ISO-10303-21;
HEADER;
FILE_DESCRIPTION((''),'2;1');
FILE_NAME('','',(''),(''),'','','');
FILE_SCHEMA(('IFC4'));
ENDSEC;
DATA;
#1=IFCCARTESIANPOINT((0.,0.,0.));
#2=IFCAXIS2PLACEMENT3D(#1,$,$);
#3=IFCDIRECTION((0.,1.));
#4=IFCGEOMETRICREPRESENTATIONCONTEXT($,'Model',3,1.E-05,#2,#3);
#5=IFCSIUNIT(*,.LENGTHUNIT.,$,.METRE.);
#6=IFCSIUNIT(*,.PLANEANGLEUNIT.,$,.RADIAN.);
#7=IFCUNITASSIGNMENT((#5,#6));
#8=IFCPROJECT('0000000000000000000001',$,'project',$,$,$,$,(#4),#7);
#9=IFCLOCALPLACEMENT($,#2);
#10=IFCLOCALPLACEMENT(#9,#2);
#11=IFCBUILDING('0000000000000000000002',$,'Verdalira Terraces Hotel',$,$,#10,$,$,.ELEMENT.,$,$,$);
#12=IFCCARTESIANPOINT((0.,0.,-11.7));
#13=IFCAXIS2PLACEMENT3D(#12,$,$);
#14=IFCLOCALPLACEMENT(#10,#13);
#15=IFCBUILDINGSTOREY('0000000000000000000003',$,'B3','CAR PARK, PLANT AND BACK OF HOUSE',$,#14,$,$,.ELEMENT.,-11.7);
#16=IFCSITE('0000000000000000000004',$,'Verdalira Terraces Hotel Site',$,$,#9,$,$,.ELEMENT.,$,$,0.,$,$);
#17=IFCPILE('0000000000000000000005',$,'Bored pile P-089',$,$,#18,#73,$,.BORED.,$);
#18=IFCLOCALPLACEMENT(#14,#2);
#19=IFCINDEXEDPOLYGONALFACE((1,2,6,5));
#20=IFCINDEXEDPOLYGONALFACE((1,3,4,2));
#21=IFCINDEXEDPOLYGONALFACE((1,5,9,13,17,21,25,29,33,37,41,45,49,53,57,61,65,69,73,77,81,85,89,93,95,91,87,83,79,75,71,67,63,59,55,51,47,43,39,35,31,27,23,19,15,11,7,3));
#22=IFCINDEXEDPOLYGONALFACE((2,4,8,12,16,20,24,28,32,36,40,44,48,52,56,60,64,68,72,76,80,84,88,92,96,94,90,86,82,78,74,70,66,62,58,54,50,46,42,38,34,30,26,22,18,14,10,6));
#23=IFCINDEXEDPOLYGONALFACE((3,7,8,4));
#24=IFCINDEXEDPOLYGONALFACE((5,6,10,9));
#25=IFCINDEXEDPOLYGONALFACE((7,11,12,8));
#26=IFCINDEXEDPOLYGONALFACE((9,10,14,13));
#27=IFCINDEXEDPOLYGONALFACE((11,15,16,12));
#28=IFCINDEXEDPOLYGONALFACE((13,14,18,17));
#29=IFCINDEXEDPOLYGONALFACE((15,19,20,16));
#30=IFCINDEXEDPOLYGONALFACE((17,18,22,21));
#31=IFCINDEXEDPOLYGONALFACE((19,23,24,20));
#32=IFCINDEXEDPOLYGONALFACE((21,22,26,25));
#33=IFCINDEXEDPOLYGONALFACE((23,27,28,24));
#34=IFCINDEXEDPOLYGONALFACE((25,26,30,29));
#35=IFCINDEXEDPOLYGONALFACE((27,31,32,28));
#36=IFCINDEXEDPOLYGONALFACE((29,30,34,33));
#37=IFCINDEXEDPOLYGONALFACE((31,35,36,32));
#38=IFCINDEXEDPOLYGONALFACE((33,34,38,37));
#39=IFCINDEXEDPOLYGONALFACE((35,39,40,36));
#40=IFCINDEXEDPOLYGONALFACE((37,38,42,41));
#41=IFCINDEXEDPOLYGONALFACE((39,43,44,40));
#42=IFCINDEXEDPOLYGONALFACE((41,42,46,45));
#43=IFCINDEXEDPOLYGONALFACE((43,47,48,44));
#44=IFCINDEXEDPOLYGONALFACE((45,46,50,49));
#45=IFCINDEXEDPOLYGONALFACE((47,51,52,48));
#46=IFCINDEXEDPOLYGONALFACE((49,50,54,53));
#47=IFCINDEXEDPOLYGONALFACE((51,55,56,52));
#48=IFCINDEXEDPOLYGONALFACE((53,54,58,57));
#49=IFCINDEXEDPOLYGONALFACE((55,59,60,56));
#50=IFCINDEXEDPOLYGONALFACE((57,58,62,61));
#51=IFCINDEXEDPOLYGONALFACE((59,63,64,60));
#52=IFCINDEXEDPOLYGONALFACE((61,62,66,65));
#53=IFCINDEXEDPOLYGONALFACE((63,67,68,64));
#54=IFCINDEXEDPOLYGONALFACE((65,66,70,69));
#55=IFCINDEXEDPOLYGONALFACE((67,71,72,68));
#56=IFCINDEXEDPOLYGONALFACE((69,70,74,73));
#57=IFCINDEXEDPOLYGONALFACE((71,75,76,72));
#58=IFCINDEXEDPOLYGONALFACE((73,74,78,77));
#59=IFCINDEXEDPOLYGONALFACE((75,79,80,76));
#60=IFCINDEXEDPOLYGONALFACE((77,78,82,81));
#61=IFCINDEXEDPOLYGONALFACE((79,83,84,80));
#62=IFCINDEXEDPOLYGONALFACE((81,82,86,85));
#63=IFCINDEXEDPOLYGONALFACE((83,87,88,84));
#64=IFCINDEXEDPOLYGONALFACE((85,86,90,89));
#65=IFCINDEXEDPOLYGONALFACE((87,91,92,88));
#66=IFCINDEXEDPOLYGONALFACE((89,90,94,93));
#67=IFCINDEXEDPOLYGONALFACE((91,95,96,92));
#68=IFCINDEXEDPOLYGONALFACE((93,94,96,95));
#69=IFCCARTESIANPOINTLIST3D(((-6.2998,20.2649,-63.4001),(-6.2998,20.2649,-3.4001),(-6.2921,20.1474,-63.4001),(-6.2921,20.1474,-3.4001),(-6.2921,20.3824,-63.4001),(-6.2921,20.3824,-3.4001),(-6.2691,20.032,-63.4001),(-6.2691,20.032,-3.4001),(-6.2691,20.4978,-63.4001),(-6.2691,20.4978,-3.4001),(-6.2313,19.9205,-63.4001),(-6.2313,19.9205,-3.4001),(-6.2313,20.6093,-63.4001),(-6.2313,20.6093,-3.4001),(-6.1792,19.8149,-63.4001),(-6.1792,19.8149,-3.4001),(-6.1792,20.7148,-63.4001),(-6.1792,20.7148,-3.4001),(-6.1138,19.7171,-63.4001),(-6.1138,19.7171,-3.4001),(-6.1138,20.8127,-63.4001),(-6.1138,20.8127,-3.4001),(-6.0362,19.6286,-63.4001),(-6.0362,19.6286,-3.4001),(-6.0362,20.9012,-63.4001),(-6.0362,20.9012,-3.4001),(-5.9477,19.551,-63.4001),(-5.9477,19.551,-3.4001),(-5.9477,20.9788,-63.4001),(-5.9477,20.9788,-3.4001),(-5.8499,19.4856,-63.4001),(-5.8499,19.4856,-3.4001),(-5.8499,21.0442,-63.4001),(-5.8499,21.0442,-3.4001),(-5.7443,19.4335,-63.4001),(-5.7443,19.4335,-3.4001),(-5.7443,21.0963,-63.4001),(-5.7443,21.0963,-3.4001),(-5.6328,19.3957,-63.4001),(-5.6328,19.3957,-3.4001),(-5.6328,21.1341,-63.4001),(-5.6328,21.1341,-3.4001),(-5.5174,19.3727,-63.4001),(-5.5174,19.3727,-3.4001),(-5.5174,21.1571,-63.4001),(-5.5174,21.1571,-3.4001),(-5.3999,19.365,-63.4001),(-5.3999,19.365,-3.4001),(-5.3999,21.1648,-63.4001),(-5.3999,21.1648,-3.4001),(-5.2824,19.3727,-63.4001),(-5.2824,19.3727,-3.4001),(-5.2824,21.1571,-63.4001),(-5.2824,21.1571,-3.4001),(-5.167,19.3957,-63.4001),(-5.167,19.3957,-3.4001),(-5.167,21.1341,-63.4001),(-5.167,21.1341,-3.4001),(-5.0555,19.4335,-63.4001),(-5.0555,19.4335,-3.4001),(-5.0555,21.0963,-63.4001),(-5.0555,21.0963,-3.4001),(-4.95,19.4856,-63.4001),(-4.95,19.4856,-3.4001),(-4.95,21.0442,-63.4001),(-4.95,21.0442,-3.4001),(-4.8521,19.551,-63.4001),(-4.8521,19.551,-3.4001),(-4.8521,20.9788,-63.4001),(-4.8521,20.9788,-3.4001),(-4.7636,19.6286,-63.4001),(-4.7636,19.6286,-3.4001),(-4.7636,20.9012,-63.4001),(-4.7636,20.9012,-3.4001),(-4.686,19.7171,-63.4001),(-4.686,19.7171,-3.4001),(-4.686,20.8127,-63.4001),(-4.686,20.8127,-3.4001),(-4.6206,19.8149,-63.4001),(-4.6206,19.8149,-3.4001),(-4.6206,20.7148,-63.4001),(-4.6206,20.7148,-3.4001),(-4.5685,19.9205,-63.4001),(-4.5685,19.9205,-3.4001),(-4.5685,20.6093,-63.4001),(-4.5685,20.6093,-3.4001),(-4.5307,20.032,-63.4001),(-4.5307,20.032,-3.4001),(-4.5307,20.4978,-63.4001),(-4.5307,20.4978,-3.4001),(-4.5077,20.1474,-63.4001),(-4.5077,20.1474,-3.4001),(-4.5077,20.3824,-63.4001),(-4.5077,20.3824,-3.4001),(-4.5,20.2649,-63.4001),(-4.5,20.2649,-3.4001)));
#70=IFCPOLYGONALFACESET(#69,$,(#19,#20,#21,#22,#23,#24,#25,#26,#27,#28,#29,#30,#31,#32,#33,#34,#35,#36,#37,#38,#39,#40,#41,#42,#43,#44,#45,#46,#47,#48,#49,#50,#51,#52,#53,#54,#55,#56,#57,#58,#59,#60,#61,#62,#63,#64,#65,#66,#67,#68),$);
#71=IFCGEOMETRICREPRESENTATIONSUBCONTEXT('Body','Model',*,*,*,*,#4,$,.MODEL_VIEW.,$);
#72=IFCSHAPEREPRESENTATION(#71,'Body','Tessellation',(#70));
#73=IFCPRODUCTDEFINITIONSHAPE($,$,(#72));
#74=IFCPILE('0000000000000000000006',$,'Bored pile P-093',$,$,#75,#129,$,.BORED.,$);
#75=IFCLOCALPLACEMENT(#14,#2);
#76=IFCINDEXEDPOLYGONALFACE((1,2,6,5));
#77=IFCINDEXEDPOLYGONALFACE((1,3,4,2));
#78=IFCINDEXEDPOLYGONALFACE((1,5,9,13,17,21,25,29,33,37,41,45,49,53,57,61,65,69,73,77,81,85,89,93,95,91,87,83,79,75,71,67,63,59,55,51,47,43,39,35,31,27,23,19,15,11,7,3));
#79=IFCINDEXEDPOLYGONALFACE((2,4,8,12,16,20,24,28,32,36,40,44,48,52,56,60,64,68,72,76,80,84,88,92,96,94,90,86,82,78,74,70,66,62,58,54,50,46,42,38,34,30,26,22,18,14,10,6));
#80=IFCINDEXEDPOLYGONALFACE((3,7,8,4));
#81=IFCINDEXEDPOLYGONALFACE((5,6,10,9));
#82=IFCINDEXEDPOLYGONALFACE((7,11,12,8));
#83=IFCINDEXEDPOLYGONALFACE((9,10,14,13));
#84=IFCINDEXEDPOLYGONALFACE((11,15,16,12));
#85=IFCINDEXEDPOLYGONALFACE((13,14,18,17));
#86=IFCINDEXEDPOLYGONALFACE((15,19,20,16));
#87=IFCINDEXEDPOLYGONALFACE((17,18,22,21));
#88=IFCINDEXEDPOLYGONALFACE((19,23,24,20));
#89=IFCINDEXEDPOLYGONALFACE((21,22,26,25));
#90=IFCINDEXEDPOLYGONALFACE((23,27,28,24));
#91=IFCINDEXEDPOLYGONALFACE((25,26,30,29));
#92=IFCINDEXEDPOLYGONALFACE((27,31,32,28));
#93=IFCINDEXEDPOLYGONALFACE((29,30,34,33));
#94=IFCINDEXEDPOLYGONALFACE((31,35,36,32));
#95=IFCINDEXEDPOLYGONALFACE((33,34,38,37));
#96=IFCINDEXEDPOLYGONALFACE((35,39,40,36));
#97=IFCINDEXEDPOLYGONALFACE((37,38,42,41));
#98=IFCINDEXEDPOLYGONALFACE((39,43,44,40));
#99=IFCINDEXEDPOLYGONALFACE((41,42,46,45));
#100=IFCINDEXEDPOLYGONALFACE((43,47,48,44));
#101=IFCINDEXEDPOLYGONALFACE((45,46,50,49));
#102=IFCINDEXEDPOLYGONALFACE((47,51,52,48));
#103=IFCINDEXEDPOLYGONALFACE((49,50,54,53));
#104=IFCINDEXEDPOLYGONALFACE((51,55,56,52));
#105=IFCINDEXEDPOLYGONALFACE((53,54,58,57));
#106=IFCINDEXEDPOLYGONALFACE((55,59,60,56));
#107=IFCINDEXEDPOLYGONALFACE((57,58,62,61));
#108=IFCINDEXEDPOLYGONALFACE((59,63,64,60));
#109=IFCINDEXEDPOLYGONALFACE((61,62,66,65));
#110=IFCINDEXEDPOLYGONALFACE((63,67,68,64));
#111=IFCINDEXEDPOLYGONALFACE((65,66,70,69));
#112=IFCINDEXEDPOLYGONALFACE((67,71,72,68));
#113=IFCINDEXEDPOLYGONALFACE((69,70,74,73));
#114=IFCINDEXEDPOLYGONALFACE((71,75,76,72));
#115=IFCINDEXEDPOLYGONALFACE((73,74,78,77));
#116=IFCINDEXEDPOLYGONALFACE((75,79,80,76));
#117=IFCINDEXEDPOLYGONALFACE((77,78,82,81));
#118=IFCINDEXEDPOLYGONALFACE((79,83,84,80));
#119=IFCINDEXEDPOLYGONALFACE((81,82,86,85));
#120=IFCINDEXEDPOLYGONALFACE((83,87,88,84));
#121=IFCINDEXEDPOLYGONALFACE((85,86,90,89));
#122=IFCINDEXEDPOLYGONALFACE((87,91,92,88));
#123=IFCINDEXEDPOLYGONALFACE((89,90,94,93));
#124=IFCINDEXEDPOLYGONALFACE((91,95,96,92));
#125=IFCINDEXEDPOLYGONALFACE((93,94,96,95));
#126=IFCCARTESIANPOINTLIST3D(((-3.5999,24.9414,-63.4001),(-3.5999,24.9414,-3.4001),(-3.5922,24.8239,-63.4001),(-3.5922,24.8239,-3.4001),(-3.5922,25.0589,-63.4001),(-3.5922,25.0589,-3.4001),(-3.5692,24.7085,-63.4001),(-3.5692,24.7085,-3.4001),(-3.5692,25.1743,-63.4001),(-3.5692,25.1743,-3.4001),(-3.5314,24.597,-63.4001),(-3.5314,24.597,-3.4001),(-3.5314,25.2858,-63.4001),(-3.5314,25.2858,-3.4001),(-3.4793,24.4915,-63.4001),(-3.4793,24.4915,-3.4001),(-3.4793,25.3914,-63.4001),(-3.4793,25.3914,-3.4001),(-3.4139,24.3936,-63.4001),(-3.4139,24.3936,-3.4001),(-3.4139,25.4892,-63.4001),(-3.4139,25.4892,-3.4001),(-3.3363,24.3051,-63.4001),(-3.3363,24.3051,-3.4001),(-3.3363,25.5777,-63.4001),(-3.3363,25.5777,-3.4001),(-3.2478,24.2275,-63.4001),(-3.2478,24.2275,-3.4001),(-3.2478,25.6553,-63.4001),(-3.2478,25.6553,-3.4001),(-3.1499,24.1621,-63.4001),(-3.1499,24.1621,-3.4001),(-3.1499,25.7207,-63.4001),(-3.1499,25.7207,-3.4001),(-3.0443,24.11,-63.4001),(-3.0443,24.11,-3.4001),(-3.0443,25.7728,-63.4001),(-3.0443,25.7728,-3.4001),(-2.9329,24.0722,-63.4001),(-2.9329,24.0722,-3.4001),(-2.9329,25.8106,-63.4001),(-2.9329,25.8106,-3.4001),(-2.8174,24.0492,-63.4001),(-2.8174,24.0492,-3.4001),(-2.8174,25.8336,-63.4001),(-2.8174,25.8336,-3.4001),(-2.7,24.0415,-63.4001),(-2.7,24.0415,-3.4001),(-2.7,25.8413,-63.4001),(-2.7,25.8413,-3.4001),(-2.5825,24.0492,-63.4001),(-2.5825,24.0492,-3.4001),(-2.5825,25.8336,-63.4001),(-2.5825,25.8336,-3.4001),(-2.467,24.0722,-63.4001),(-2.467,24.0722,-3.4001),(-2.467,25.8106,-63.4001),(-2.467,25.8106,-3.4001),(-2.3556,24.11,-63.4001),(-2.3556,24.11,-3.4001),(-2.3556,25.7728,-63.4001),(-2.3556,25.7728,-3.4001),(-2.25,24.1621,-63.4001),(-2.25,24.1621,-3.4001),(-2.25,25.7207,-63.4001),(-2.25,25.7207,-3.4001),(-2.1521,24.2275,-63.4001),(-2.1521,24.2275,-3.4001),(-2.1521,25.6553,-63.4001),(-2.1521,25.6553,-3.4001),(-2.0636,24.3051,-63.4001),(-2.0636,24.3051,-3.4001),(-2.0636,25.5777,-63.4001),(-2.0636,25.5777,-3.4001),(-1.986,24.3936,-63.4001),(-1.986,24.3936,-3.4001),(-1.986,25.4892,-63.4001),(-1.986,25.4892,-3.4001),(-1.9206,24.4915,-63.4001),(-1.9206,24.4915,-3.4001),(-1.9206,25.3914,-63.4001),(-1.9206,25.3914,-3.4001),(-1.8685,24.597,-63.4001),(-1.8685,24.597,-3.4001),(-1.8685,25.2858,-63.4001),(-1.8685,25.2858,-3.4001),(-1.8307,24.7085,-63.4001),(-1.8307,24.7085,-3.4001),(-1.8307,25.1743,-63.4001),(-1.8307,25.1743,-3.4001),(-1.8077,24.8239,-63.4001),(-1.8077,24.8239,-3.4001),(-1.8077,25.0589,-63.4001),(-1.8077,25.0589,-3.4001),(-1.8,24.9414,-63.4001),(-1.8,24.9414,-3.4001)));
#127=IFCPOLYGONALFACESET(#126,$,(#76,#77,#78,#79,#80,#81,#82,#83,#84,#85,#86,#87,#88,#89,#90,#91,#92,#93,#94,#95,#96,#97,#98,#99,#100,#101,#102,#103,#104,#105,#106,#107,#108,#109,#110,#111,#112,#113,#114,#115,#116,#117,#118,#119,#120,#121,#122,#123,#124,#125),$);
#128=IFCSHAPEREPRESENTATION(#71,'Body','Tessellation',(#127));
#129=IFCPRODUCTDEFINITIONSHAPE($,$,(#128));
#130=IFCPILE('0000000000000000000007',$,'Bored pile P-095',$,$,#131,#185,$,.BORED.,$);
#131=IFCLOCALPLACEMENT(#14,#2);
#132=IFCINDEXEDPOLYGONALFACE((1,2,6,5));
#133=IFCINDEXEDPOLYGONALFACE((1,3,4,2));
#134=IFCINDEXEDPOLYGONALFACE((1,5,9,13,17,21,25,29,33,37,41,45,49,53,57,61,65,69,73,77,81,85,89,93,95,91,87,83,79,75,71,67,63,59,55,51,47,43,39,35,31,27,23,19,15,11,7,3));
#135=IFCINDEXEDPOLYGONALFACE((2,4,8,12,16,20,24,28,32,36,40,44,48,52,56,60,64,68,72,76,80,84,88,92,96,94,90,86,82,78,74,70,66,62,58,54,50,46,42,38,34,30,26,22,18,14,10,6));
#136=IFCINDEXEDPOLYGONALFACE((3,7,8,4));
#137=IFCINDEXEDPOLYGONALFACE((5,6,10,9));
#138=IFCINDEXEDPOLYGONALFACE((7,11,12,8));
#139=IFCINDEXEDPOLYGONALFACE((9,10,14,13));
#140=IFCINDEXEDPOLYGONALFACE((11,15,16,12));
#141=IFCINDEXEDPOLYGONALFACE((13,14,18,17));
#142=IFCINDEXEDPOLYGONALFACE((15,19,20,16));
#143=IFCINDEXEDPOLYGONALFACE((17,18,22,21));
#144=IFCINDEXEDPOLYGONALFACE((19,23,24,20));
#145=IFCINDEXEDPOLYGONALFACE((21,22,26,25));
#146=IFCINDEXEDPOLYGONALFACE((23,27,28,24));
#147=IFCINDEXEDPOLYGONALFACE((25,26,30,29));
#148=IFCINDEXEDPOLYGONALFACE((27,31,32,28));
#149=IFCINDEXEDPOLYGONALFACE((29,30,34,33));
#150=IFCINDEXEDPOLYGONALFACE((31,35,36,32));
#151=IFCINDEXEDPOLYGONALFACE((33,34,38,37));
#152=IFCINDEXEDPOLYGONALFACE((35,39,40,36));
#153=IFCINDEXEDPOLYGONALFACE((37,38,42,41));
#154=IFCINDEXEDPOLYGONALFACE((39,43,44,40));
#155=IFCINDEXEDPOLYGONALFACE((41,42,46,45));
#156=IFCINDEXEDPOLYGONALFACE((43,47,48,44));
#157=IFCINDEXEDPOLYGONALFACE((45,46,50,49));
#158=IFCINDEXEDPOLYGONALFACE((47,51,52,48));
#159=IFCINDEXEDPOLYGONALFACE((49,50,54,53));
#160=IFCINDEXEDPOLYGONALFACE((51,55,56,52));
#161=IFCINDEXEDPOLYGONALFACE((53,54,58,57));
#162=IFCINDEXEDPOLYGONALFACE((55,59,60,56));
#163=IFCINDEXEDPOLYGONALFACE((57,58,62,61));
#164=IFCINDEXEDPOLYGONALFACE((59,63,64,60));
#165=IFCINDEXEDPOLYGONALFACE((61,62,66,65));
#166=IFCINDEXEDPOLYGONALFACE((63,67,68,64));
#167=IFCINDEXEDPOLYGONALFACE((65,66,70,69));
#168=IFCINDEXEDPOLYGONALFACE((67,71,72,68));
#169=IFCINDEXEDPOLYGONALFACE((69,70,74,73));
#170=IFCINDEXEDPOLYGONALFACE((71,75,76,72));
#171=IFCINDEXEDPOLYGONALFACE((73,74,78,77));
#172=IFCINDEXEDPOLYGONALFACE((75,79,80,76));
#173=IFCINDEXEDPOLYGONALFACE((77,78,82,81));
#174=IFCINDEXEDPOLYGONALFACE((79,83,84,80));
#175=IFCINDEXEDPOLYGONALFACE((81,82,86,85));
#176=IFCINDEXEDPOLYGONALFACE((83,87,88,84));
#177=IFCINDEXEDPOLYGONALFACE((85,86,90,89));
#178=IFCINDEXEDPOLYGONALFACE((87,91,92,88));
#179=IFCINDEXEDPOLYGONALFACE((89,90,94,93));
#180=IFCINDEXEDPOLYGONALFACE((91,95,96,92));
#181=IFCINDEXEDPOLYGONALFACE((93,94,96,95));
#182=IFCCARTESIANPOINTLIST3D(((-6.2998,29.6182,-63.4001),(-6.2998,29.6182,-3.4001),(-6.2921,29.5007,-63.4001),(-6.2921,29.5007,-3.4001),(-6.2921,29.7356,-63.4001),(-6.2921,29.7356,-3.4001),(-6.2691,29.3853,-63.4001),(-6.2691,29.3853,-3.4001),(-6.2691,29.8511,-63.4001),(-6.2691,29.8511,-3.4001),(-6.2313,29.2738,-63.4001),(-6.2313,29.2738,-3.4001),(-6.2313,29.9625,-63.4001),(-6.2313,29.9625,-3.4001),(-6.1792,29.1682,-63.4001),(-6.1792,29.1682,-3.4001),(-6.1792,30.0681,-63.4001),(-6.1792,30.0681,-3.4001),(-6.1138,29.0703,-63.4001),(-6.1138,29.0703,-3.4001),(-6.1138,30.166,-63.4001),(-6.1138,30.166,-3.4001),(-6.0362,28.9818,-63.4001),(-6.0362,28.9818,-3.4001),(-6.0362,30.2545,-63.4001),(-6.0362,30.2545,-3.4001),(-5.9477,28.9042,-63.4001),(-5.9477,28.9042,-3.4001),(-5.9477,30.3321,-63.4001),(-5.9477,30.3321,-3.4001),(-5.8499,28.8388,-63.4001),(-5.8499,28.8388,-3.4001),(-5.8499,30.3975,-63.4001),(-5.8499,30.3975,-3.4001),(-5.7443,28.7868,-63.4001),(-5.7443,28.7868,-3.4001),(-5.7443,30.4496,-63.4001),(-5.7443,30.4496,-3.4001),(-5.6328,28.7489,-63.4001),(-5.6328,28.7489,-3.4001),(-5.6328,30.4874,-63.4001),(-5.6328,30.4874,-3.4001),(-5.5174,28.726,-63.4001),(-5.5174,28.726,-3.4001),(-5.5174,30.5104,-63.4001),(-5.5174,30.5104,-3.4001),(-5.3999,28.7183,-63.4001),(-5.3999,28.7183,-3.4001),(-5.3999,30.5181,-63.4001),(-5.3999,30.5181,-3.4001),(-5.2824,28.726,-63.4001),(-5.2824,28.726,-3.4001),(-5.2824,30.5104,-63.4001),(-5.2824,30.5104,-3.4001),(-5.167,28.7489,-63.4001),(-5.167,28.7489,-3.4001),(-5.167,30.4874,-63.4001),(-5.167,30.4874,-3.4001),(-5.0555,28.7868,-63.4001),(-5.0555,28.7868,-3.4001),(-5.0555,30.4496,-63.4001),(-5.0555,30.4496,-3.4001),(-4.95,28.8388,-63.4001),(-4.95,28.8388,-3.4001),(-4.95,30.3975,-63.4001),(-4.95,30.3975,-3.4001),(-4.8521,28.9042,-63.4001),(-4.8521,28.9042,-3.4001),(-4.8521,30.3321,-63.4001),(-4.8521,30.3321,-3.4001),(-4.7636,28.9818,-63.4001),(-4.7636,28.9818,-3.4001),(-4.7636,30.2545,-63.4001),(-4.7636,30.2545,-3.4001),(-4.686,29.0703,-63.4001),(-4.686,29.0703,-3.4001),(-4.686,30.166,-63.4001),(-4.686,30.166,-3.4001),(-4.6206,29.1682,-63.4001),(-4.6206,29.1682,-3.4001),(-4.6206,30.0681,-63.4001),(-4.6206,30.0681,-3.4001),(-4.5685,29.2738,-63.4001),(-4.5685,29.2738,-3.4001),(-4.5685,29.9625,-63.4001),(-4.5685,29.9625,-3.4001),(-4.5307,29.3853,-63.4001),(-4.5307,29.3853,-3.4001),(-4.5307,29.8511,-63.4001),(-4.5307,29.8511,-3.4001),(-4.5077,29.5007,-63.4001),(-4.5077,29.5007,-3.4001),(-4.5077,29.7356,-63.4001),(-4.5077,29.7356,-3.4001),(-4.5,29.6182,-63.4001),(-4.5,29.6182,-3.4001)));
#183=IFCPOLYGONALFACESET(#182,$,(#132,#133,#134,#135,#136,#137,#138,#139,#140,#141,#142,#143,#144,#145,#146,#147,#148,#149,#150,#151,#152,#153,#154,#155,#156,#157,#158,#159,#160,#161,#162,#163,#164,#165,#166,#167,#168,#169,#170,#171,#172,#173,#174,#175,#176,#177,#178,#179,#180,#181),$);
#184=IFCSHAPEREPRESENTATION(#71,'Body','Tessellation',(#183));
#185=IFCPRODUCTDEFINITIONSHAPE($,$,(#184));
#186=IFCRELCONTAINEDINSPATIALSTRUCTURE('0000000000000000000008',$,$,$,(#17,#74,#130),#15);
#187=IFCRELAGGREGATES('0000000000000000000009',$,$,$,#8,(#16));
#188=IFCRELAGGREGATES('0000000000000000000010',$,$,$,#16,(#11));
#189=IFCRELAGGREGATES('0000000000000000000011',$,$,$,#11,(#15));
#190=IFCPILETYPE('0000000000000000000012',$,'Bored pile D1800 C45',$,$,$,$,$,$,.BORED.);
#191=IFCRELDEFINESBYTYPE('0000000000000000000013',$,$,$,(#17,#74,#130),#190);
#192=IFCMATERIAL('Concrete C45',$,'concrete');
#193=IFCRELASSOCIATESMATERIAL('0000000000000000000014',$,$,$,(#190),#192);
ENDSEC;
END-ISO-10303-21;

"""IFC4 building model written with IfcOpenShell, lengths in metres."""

from ifc_helpers import new_model, si_unit, direction, frame, origin, origin_2d, place, context, subcontext, project, spatial, circle, extrude, material, material_profile, profile_set, type_object, element, save


model = new_model("IFC4")

# Units and contexts
model_context = context("Model", 3, precision=1e-05, world=origin(), true_north=direction((0.0, 1.0)))
body_context = subcontext(model_context, "Body", "Model", "MODEL_VIEW")
ifc_project = project(units=[si_unit("LENGTHUNIT", "METRE"), si_unit("PLANEANGLEUNIT", "RADIAN")], contexts=[model_context])

# Site, building, storey
site_placement = place(None, origin())
site = spatial("IfcSite", under=ifc_project, at=site_placement, Name="Verdalira Terraces Hotel Site", CompositionType="ELEMENT", RefElevation=0.0)
building_placement = place(site_placement, origin())
building = spatial("IfcBuilding", under=site, at=building_placement, Name="Verdalira Terraces Hotel", CompositionType="ELEMENT")
storey_placement = place(building_placement, frame((0.0, 0.0, -11.7)))
storey = spatial("IfcBuildingStorey", under=building, at=storey_placement, Name="B3", Description="CAR PARK, PLANT AND BACK OF HOUSE", CompositionType="ELEMENT", Elevation=-11.7)

# Piles
ifc_material_1 = material(Name="Concrete C45", Category="concrete")
ifc_material_profile_1 = material_profile(ifc_material_1, circle(Radius=0.8999, at=origin_2d()), Name="D1800")
ifc_profile_set_1 = profile_set([ifc_material_profile_1], Name="Concrete C45")
pile_type = type_object("IfcPileType", Name="Bored pile D1800 C45", PredefinedType="BORED", material=ifc_profile_set_1)
for number, where, z_axis, x_axis, name in (
    (1, (-5.3999, 20.2649, -3.4001), (0.0, 0.0, -1.0), (1.0, 0.0, 0.0), "Bored pile P-089"),
    (2, (-2.7, 24.9414, -3.4001), (0.0, 0.0, -1.0), (1.0, 0.0, 0.0), "Bored pile P-093"),
    (3, (-5.3999, 29.6182, -3.4001), (0.0, 0.0, -1.0), (1.0, 0.0, 0.0), "Bored pile P-095"),
):
    element("IfcPile", number, at=place(storey_placement, frame(where, z_axis=z_axis, x_axis=x_axis)), inside=storey, type_object=pile_type, Name=name, PredefinedType="BORED", context=body_context, shape_type="SweptSolid", body=[
        extrude(circle(Radius=0.8999, at=origin_2d()), origin(), (0.0, 0.0, 1.0), 60.0),
    ])

save(model, "model.ifc")
